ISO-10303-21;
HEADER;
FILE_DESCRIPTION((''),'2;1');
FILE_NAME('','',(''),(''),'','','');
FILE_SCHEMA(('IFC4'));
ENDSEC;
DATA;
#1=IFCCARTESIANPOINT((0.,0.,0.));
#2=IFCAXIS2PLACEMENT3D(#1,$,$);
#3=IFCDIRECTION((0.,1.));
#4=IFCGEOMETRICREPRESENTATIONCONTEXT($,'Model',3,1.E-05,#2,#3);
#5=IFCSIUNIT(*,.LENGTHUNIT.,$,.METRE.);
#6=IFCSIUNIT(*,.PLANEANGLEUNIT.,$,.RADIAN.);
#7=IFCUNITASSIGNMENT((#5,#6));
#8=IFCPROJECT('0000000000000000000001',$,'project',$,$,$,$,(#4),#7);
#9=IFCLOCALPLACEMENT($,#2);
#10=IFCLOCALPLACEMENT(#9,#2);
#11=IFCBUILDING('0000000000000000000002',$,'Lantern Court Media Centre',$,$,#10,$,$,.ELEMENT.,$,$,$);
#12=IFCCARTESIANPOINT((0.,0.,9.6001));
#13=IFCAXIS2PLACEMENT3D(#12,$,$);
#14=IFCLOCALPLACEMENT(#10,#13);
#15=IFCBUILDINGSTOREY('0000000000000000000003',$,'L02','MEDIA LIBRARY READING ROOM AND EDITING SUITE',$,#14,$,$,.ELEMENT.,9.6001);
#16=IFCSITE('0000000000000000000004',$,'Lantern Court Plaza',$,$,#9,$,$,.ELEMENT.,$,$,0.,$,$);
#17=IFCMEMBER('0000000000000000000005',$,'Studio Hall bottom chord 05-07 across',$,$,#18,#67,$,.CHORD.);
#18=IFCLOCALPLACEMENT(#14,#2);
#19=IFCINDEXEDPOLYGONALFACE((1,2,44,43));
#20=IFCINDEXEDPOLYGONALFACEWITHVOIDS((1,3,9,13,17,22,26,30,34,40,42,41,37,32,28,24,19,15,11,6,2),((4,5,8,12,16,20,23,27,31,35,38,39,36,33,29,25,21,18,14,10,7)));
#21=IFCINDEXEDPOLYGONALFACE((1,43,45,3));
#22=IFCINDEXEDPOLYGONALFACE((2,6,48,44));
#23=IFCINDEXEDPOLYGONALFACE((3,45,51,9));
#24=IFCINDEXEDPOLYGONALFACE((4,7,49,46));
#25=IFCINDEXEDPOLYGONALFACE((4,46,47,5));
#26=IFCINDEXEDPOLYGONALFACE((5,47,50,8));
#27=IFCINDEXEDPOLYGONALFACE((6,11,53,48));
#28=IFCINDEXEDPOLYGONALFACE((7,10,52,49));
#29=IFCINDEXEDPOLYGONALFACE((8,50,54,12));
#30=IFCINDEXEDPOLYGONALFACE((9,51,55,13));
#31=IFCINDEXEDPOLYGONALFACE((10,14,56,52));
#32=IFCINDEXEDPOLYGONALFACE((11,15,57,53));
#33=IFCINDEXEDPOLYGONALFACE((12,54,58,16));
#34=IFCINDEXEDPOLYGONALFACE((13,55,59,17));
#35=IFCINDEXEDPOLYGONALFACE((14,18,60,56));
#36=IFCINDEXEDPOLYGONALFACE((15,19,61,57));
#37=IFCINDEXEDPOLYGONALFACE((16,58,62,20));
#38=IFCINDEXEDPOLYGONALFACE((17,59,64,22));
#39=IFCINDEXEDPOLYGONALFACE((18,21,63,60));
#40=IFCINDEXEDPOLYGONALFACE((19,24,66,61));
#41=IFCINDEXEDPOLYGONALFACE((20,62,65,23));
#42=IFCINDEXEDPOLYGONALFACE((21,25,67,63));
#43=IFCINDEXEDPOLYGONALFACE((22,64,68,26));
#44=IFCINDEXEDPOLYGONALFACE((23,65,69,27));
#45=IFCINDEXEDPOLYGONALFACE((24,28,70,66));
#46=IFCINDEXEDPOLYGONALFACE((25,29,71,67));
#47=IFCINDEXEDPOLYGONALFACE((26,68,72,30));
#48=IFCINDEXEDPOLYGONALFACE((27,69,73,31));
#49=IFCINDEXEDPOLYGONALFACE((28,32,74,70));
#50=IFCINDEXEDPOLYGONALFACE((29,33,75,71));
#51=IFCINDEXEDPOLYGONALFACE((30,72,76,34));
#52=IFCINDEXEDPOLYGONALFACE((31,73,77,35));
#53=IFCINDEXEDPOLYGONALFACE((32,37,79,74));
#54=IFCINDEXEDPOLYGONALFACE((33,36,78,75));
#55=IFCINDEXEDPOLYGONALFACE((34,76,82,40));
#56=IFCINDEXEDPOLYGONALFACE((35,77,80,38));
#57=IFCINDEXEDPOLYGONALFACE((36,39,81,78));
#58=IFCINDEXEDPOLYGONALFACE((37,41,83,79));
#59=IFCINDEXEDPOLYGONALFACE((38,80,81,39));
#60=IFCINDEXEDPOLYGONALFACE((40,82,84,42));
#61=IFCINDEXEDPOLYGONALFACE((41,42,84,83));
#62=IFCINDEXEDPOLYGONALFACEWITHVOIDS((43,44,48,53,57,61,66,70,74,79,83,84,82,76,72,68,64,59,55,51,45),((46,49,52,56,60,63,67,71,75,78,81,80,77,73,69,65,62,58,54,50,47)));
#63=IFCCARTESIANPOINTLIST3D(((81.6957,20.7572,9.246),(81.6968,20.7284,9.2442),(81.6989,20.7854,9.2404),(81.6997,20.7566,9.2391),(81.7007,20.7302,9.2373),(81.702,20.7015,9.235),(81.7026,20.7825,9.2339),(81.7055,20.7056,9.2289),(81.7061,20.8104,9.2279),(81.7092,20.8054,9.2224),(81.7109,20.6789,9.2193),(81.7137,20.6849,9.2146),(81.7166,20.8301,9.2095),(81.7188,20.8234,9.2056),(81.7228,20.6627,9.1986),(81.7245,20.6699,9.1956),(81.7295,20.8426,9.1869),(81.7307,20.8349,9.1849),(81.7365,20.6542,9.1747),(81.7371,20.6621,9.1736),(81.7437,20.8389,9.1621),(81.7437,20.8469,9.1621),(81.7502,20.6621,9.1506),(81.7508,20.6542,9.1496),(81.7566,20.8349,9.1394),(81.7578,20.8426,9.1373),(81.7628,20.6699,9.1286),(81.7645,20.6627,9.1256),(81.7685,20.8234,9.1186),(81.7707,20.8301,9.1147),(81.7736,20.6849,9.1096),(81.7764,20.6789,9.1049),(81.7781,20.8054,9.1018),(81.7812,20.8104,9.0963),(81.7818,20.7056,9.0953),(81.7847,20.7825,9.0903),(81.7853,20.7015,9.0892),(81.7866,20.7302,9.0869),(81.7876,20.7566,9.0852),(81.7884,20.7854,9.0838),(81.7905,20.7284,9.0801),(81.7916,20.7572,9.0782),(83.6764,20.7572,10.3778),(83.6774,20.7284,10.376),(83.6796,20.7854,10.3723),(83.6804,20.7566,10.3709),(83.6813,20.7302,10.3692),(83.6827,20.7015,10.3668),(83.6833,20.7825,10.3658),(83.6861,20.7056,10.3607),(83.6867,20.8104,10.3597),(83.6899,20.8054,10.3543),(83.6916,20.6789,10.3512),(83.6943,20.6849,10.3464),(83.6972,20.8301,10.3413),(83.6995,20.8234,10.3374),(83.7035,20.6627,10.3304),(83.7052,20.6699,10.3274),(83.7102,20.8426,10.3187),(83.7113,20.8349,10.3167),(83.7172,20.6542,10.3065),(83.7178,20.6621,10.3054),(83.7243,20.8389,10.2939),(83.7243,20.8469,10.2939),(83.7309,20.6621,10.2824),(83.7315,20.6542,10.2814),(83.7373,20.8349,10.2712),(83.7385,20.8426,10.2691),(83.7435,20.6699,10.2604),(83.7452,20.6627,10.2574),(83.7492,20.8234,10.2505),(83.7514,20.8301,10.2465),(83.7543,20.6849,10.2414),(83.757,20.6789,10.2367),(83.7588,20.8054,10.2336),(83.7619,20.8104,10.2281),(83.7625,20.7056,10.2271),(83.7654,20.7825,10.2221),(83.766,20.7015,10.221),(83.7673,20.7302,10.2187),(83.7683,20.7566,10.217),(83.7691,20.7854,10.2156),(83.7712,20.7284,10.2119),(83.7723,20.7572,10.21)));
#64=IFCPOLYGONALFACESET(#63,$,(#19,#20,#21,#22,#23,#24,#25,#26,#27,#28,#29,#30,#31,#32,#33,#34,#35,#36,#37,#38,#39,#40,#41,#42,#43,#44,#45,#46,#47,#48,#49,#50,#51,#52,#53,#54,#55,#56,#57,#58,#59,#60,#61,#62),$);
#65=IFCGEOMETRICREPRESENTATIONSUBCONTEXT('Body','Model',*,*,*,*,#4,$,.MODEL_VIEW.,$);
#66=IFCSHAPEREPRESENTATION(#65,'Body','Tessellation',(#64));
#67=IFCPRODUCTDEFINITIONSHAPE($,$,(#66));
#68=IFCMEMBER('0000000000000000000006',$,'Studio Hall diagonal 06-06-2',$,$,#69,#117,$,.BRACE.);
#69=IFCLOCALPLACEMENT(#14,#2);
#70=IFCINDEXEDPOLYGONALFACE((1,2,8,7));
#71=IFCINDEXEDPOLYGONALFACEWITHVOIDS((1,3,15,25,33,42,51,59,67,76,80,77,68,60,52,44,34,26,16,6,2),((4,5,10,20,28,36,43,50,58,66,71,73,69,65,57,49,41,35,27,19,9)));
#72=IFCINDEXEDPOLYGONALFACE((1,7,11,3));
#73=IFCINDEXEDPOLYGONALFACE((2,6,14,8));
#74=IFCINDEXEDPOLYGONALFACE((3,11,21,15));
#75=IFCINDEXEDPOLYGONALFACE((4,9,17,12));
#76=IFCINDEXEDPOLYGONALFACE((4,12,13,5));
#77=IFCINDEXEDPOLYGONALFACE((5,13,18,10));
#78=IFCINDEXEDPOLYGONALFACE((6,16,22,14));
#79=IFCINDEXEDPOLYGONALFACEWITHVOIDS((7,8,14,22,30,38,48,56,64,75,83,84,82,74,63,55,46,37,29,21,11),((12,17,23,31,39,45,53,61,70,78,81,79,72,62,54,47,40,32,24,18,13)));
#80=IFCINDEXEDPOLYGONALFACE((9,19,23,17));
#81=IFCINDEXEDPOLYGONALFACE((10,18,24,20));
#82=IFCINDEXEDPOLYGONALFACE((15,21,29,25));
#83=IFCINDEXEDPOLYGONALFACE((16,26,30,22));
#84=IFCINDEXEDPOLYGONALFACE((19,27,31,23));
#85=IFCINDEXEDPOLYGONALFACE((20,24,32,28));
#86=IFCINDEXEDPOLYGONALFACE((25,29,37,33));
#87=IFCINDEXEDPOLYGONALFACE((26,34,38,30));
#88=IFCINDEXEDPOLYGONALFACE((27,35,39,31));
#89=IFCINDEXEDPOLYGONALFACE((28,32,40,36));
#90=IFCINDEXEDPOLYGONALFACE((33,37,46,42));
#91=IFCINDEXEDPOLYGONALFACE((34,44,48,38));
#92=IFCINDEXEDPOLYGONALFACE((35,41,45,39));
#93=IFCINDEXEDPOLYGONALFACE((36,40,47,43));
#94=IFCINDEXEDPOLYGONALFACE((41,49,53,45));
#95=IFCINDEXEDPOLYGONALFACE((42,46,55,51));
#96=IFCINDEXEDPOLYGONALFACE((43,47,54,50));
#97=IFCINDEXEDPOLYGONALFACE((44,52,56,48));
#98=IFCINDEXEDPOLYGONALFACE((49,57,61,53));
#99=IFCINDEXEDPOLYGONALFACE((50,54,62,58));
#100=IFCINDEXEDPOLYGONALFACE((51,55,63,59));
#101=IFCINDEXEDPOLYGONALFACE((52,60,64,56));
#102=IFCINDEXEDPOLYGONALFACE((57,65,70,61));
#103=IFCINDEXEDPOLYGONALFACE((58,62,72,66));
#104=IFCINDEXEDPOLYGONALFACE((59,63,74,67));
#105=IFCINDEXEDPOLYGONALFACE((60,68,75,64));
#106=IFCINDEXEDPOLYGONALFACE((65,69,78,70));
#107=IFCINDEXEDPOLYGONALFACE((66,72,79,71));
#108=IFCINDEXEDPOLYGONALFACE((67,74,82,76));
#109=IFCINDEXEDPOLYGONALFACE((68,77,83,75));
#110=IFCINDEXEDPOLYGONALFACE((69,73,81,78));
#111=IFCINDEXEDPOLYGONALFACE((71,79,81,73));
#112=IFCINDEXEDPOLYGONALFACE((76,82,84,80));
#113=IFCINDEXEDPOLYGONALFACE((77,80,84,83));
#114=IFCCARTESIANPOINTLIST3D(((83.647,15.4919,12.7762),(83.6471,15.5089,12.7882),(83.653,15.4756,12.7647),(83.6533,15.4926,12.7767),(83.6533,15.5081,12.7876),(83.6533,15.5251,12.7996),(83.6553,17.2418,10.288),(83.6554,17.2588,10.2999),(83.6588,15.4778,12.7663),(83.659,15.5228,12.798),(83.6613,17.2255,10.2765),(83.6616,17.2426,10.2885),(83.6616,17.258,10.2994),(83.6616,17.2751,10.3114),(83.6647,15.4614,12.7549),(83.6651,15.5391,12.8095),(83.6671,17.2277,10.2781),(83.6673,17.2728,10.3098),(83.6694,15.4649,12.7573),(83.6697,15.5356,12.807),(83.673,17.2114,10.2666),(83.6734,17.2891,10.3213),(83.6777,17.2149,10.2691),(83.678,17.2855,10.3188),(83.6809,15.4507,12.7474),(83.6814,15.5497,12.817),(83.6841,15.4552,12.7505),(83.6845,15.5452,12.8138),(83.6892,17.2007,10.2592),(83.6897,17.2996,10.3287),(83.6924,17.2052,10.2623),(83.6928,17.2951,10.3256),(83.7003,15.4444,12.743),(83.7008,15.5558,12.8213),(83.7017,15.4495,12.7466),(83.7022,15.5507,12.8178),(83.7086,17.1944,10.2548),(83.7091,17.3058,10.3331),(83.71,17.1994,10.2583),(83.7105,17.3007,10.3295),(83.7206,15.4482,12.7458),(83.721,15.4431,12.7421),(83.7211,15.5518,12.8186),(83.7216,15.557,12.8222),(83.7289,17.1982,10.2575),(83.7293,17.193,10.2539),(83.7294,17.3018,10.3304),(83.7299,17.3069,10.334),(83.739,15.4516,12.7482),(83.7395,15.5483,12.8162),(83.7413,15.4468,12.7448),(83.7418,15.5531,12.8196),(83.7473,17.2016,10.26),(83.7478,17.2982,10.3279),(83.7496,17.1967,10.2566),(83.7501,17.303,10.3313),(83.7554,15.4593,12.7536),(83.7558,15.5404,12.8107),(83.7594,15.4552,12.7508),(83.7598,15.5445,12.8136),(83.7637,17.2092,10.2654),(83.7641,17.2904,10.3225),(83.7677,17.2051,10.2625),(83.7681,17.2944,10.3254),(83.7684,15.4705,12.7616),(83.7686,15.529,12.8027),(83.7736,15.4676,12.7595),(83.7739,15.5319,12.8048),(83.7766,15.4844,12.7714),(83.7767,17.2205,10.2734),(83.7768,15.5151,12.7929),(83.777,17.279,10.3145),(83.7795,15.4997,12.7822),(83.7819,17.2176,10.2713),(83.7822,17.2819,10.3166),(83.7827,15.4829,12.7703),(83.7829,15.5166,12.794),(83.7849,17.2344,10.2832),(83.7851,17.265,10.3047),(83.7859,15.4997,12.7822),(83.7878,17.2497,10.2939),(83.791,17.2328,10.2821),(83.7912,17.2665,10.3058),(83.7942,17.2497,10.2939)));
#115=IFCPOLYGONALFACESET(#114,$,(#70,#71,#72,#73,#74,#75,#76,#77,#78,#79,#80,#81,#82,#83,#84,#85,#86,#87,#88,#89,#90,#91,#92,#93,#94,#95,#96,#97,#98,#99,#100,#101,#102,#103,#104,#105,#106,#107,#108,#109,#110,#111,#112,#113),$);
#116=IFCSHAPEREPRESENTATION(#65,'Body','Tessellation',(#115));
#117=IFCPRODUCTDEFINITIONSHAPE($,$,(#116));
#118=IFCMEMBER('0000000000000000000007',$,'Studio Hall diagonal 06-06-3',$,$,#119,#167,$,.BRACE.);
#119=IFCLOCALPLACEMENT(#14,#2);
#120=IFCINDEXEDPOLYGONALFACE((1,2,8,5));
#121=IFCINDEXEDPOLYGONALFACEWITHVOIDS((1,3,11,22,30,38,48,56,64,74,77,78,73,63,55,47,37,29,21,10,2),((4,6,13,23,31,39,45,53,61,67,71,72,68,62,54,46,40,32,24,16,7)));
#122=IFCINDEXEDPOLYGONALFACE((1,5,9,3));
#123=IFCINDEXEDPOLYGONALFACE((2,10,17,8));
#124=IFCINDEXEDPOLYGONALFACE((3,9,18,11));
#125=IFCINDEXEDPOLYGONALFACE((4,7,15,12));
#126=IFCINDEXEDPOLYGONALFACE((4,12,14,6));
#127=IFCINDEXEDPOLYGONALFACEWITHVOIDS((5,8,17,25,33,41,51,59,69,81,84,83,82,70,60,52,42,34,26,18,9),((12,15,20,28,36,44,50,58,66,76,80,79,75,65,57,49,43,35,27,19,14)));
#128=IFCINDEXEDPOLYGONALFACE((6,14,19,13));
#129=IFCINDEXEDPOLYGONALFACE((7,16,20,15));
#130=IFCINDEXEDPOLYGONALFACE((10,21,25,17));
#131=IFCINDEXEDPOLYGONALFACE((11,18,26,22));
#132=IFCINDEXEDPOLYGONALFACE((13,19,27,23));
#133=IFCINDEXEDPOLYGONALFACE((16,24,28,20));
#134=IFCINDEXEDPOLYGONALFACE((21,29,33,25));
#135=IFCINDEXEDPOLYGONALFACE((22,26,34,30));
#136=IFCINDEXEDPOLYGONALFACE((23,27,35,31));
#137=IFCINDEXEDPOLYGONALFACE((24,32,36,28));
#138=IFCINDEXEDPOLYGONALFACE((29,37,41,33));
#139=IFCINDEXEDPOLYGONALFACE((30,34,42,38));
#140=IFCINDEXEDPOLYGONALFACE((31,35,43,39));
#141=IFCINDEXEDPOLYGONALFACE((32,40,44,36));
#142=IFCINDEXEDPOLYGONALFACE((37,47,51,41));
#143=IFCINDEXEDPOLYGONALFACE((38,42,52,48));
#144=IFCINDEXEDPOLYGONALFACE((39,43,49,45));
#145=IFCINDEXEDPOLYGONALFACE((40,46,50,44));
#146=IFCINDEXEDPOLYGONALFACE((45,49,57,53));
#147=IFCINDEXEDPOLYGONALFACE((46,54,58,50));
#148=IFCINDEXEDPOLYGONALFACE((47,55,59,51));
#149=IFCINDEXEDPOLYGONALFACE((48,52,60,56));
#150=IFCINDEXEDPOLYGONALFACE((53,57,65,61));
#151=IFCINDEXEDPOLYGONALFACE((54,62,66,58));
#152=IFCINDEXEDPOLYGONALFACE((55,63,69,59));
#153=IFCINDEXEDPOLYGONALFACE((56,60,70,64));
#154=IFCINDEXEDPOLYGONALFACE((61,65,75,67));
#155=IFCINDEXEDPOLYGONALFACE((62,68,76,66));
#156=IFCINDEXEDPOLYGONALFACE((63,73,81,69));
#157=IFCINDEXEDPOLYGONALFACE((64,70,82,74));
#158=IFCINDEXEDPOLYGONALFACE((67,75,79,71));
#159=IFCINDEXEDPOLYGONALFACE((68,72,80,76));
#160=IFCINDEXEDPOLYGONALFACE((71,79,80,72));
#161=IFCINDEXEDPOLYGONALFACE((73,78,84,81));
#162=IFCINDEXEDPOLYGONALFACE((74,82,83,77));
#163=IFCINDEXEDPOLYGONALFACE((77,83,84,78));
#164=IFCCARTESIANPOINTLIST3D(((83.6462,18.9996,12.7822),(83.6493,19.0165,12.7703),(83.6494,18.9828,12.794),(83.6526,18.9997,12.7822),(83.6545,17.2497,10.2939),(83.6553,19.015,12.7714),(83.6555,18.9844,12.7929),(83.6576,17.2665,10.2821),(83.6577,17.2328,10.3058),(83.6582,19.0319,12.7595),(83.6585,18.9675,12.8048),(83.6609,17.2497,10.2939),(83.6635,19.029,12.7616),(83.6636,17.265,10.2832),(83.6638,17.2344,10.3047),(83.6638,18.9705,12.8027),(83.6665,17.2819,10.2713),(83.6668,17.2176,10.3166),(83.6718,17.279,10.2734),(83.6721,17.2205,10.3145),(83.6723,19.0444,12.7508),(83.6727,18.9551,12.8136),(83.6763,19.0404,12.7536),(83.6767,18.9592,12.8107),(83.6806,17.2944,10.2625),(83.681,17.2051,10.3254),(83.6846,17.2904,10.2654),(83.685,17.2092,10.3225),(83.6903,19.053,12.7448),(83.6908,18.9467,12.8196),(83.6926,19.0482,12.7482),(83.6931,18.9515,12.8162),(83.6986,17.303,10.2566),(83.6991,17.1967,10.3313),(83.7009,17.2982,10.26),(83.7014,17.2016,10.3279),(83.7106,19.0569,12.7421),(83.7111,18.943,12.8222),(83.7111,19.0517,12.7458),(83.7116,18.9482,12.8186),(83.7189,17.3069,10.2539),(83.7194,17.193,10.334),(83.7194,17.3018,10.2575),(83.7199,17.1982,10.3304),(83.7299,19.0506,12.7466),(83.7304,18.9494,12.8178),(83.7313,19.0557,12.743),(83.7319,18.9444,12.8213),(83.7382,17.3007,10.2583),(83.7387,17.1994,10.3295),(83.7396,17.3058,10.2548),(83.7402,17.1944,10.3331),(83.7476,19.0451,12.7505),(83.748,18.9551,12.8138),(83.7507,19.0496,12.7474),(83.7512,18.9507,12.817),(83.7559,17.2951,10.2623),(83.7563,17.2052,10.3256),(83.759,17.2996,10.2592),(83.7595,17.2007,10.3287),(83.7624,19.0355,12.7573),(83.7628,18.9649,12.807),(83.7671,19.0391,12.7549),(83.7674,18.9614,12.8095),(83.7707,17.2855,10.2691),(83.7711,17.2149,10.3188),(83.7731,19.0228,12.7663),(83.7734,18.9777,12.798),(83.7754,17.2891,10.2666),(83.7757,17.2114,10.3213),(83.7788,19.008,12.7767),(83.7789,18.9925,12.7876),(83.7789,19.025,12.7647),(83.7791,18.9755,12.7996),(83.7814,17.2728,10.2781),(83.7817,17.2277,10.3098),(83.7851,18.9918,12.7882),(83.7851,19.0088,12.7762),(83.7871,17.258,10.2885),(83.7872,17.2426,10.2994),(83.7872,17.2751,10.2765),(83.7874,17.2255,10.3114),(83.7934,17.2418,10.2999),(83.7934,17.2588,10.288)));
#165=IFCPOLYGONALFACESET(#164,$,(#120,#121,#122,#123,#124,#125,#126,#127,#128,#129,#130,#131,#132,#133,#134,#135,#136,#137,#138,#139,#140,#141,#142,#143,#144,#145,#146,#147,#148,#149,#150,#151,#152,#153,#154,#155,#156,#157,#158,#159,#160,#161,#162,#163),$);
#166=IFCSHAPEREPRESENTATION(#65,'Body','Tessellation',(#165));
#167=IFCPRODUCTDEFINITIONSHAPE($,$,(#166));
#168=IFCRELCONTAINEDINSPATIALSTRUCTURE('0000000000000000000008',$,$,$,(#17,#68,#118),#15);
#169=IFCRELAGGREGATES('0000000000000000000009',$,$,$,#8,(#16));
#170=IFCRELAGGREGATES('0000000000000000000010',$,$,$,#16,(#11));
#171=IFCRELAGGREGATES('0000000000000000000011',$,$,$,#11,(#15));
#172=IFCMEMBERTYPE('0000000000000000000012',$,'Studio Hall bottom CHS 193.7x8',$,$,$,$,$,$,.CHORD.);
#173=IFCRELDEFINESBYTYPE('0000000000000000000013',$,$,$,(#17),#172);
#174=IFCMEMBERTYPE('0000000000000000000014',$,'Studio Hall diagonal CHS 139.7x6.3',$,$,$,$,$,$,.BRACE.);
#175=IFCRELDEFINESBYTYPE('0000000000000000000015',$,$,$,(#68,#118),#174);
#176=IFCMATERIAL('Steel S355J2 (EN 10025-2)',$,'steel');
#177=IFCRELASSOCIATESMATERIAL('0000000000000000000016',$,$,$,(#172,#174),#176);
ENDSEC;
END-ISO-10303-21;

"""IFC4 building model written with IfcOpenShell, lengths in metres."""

from ifc_helpers import new_model, si_unit, direction, frame, origin, origin_2d, place, context, subcontext, project, spatial, hollow_circle, extrude, material, material_profile, profile_set, type_object, element, save


model = new_model("IFC4")

# Units and contexts
model_context = context("Model", 3, precision=1e-05, world=origin(), true_north=direction((0.0, 1.0)))
body_context = subcontext(model_context, "Body", "Model", "MODEL_VIEW")
ifc_project = project(units=[si_unit("LENGTHUNIT", "METRE"), si_unit("PLANEANGLEUNIT", "RADIAN")], contexts=[model_context])

# Site, building, storey
site_placement = place(None, origin())
site = spatial("IfcSite", under=ifc_project, at=site_placement, Name="Lantern Court Plaza", CompositionType="ELEMENT", RefElevation=0.0)
building_placement = place(site_placement, origin())
building = spatial("IfcBuilding", under=site, at=building_placement, Name="Lantern Court Media Centre", CompositionType="ELEMENT")
storey_placement = place(building_placement, frame((0.0, 0.0, 9.6001)))
storey = spatial("IfcBuildingStorey", under=building, at=storey_placement, Name="L02", Description="MEDIA LIBRARY READING ROOM AND EDITING SUITE", CompositionType="ELEMENT", Elevation=9.6001)

# Members
ifc_material = material(Name="Steel S355J2 (EN 10025-2)", Category="steel")
ifc_material_profile_1 = material_profile(ifc_material, hollow_circle(Radius=0.0969, WallThickness=0.0081, at=origin_2d()), Name="Studio Hall bottom CHS 193.7x8")
ifc_profile_set_1 = profile_set([ifc_material_profile_1], Name="Steel S355J2 (EN 10025-2)")
member_type_1 = type_object("IfcMemberType", Name="Studio Hall bottom CHS 193.7x8", PredefinedType="CHORD", material=ifc_profile_set_1)
member_1_placement = place(storey_placement, frame((81.7437, 20.75, 9.1621), z_axis=(0.868243, 0.0, 0.496139), x_axis=(0.0, 1.0, 0.0)))
element("IfcMember", 1, at=member_1_placement, inside=storey, type_object=member_type_1, Name="Studio Hall bottom chord 05-07 across", PredefinedType="CHORD", context=body_context, shape_type="SweptSolid", body=[
    extrude(hollow_circle(Radius=0.0969, WallThickness=0.0081, at=origin_2d()), origin(), (0.0, 0.0, 1.0), 2.2812),
])
ifc_material_profile_2 = material_profile(ifc_material, hollow_circle(Radius=0.0698, WallThickness=0.0063, at=origin_2d()), Name="Studio Hall diagonal CHS 139.7x6.3")
ifc_profile_set_2 = profile_set([ifc_material_profile_2], Name="Steel S355J2 (EN 10025-2)")
member_type_2 = type_object("IfcMemberType", Name="Studio Hall diagonal CHS 139.7x6.3", PredefinedType="BRACE", material=ifc_profile_set_2)
for number, where, z_axis, x_axis, name in (
    (2, (83.7244, 17.25, 10.2939), (-0.002729, -0.575269, 0.81796), (0.999989, -0.004743, 0.0), "Studio Hall diagonal 06-06-2"),
    (3, (83.7244, 17.25, 10.2939), (-0.002729, 0.575269, 0.81796), (-0.999989, -0.004743, 0.0), "Studio Hall diagonal 06-06-3"),
):
    element("IfcMember", number, at=place(storey_placement, frame(where, z_axis=z_axis, x_axis=x_axis)), inside=storey, type_object=member_type_2, Name=name, PredefinedType="BRACE", context=body_context, shape_type="SweptSolid", body=[
        extrude(hollow_circle(Radius=0.0698, WallThickness=0.0063, at=origin_2d()), origin(), (0.0, 0.0, 1.0), 3.042),
    ])

save(model, "model.ifc")
